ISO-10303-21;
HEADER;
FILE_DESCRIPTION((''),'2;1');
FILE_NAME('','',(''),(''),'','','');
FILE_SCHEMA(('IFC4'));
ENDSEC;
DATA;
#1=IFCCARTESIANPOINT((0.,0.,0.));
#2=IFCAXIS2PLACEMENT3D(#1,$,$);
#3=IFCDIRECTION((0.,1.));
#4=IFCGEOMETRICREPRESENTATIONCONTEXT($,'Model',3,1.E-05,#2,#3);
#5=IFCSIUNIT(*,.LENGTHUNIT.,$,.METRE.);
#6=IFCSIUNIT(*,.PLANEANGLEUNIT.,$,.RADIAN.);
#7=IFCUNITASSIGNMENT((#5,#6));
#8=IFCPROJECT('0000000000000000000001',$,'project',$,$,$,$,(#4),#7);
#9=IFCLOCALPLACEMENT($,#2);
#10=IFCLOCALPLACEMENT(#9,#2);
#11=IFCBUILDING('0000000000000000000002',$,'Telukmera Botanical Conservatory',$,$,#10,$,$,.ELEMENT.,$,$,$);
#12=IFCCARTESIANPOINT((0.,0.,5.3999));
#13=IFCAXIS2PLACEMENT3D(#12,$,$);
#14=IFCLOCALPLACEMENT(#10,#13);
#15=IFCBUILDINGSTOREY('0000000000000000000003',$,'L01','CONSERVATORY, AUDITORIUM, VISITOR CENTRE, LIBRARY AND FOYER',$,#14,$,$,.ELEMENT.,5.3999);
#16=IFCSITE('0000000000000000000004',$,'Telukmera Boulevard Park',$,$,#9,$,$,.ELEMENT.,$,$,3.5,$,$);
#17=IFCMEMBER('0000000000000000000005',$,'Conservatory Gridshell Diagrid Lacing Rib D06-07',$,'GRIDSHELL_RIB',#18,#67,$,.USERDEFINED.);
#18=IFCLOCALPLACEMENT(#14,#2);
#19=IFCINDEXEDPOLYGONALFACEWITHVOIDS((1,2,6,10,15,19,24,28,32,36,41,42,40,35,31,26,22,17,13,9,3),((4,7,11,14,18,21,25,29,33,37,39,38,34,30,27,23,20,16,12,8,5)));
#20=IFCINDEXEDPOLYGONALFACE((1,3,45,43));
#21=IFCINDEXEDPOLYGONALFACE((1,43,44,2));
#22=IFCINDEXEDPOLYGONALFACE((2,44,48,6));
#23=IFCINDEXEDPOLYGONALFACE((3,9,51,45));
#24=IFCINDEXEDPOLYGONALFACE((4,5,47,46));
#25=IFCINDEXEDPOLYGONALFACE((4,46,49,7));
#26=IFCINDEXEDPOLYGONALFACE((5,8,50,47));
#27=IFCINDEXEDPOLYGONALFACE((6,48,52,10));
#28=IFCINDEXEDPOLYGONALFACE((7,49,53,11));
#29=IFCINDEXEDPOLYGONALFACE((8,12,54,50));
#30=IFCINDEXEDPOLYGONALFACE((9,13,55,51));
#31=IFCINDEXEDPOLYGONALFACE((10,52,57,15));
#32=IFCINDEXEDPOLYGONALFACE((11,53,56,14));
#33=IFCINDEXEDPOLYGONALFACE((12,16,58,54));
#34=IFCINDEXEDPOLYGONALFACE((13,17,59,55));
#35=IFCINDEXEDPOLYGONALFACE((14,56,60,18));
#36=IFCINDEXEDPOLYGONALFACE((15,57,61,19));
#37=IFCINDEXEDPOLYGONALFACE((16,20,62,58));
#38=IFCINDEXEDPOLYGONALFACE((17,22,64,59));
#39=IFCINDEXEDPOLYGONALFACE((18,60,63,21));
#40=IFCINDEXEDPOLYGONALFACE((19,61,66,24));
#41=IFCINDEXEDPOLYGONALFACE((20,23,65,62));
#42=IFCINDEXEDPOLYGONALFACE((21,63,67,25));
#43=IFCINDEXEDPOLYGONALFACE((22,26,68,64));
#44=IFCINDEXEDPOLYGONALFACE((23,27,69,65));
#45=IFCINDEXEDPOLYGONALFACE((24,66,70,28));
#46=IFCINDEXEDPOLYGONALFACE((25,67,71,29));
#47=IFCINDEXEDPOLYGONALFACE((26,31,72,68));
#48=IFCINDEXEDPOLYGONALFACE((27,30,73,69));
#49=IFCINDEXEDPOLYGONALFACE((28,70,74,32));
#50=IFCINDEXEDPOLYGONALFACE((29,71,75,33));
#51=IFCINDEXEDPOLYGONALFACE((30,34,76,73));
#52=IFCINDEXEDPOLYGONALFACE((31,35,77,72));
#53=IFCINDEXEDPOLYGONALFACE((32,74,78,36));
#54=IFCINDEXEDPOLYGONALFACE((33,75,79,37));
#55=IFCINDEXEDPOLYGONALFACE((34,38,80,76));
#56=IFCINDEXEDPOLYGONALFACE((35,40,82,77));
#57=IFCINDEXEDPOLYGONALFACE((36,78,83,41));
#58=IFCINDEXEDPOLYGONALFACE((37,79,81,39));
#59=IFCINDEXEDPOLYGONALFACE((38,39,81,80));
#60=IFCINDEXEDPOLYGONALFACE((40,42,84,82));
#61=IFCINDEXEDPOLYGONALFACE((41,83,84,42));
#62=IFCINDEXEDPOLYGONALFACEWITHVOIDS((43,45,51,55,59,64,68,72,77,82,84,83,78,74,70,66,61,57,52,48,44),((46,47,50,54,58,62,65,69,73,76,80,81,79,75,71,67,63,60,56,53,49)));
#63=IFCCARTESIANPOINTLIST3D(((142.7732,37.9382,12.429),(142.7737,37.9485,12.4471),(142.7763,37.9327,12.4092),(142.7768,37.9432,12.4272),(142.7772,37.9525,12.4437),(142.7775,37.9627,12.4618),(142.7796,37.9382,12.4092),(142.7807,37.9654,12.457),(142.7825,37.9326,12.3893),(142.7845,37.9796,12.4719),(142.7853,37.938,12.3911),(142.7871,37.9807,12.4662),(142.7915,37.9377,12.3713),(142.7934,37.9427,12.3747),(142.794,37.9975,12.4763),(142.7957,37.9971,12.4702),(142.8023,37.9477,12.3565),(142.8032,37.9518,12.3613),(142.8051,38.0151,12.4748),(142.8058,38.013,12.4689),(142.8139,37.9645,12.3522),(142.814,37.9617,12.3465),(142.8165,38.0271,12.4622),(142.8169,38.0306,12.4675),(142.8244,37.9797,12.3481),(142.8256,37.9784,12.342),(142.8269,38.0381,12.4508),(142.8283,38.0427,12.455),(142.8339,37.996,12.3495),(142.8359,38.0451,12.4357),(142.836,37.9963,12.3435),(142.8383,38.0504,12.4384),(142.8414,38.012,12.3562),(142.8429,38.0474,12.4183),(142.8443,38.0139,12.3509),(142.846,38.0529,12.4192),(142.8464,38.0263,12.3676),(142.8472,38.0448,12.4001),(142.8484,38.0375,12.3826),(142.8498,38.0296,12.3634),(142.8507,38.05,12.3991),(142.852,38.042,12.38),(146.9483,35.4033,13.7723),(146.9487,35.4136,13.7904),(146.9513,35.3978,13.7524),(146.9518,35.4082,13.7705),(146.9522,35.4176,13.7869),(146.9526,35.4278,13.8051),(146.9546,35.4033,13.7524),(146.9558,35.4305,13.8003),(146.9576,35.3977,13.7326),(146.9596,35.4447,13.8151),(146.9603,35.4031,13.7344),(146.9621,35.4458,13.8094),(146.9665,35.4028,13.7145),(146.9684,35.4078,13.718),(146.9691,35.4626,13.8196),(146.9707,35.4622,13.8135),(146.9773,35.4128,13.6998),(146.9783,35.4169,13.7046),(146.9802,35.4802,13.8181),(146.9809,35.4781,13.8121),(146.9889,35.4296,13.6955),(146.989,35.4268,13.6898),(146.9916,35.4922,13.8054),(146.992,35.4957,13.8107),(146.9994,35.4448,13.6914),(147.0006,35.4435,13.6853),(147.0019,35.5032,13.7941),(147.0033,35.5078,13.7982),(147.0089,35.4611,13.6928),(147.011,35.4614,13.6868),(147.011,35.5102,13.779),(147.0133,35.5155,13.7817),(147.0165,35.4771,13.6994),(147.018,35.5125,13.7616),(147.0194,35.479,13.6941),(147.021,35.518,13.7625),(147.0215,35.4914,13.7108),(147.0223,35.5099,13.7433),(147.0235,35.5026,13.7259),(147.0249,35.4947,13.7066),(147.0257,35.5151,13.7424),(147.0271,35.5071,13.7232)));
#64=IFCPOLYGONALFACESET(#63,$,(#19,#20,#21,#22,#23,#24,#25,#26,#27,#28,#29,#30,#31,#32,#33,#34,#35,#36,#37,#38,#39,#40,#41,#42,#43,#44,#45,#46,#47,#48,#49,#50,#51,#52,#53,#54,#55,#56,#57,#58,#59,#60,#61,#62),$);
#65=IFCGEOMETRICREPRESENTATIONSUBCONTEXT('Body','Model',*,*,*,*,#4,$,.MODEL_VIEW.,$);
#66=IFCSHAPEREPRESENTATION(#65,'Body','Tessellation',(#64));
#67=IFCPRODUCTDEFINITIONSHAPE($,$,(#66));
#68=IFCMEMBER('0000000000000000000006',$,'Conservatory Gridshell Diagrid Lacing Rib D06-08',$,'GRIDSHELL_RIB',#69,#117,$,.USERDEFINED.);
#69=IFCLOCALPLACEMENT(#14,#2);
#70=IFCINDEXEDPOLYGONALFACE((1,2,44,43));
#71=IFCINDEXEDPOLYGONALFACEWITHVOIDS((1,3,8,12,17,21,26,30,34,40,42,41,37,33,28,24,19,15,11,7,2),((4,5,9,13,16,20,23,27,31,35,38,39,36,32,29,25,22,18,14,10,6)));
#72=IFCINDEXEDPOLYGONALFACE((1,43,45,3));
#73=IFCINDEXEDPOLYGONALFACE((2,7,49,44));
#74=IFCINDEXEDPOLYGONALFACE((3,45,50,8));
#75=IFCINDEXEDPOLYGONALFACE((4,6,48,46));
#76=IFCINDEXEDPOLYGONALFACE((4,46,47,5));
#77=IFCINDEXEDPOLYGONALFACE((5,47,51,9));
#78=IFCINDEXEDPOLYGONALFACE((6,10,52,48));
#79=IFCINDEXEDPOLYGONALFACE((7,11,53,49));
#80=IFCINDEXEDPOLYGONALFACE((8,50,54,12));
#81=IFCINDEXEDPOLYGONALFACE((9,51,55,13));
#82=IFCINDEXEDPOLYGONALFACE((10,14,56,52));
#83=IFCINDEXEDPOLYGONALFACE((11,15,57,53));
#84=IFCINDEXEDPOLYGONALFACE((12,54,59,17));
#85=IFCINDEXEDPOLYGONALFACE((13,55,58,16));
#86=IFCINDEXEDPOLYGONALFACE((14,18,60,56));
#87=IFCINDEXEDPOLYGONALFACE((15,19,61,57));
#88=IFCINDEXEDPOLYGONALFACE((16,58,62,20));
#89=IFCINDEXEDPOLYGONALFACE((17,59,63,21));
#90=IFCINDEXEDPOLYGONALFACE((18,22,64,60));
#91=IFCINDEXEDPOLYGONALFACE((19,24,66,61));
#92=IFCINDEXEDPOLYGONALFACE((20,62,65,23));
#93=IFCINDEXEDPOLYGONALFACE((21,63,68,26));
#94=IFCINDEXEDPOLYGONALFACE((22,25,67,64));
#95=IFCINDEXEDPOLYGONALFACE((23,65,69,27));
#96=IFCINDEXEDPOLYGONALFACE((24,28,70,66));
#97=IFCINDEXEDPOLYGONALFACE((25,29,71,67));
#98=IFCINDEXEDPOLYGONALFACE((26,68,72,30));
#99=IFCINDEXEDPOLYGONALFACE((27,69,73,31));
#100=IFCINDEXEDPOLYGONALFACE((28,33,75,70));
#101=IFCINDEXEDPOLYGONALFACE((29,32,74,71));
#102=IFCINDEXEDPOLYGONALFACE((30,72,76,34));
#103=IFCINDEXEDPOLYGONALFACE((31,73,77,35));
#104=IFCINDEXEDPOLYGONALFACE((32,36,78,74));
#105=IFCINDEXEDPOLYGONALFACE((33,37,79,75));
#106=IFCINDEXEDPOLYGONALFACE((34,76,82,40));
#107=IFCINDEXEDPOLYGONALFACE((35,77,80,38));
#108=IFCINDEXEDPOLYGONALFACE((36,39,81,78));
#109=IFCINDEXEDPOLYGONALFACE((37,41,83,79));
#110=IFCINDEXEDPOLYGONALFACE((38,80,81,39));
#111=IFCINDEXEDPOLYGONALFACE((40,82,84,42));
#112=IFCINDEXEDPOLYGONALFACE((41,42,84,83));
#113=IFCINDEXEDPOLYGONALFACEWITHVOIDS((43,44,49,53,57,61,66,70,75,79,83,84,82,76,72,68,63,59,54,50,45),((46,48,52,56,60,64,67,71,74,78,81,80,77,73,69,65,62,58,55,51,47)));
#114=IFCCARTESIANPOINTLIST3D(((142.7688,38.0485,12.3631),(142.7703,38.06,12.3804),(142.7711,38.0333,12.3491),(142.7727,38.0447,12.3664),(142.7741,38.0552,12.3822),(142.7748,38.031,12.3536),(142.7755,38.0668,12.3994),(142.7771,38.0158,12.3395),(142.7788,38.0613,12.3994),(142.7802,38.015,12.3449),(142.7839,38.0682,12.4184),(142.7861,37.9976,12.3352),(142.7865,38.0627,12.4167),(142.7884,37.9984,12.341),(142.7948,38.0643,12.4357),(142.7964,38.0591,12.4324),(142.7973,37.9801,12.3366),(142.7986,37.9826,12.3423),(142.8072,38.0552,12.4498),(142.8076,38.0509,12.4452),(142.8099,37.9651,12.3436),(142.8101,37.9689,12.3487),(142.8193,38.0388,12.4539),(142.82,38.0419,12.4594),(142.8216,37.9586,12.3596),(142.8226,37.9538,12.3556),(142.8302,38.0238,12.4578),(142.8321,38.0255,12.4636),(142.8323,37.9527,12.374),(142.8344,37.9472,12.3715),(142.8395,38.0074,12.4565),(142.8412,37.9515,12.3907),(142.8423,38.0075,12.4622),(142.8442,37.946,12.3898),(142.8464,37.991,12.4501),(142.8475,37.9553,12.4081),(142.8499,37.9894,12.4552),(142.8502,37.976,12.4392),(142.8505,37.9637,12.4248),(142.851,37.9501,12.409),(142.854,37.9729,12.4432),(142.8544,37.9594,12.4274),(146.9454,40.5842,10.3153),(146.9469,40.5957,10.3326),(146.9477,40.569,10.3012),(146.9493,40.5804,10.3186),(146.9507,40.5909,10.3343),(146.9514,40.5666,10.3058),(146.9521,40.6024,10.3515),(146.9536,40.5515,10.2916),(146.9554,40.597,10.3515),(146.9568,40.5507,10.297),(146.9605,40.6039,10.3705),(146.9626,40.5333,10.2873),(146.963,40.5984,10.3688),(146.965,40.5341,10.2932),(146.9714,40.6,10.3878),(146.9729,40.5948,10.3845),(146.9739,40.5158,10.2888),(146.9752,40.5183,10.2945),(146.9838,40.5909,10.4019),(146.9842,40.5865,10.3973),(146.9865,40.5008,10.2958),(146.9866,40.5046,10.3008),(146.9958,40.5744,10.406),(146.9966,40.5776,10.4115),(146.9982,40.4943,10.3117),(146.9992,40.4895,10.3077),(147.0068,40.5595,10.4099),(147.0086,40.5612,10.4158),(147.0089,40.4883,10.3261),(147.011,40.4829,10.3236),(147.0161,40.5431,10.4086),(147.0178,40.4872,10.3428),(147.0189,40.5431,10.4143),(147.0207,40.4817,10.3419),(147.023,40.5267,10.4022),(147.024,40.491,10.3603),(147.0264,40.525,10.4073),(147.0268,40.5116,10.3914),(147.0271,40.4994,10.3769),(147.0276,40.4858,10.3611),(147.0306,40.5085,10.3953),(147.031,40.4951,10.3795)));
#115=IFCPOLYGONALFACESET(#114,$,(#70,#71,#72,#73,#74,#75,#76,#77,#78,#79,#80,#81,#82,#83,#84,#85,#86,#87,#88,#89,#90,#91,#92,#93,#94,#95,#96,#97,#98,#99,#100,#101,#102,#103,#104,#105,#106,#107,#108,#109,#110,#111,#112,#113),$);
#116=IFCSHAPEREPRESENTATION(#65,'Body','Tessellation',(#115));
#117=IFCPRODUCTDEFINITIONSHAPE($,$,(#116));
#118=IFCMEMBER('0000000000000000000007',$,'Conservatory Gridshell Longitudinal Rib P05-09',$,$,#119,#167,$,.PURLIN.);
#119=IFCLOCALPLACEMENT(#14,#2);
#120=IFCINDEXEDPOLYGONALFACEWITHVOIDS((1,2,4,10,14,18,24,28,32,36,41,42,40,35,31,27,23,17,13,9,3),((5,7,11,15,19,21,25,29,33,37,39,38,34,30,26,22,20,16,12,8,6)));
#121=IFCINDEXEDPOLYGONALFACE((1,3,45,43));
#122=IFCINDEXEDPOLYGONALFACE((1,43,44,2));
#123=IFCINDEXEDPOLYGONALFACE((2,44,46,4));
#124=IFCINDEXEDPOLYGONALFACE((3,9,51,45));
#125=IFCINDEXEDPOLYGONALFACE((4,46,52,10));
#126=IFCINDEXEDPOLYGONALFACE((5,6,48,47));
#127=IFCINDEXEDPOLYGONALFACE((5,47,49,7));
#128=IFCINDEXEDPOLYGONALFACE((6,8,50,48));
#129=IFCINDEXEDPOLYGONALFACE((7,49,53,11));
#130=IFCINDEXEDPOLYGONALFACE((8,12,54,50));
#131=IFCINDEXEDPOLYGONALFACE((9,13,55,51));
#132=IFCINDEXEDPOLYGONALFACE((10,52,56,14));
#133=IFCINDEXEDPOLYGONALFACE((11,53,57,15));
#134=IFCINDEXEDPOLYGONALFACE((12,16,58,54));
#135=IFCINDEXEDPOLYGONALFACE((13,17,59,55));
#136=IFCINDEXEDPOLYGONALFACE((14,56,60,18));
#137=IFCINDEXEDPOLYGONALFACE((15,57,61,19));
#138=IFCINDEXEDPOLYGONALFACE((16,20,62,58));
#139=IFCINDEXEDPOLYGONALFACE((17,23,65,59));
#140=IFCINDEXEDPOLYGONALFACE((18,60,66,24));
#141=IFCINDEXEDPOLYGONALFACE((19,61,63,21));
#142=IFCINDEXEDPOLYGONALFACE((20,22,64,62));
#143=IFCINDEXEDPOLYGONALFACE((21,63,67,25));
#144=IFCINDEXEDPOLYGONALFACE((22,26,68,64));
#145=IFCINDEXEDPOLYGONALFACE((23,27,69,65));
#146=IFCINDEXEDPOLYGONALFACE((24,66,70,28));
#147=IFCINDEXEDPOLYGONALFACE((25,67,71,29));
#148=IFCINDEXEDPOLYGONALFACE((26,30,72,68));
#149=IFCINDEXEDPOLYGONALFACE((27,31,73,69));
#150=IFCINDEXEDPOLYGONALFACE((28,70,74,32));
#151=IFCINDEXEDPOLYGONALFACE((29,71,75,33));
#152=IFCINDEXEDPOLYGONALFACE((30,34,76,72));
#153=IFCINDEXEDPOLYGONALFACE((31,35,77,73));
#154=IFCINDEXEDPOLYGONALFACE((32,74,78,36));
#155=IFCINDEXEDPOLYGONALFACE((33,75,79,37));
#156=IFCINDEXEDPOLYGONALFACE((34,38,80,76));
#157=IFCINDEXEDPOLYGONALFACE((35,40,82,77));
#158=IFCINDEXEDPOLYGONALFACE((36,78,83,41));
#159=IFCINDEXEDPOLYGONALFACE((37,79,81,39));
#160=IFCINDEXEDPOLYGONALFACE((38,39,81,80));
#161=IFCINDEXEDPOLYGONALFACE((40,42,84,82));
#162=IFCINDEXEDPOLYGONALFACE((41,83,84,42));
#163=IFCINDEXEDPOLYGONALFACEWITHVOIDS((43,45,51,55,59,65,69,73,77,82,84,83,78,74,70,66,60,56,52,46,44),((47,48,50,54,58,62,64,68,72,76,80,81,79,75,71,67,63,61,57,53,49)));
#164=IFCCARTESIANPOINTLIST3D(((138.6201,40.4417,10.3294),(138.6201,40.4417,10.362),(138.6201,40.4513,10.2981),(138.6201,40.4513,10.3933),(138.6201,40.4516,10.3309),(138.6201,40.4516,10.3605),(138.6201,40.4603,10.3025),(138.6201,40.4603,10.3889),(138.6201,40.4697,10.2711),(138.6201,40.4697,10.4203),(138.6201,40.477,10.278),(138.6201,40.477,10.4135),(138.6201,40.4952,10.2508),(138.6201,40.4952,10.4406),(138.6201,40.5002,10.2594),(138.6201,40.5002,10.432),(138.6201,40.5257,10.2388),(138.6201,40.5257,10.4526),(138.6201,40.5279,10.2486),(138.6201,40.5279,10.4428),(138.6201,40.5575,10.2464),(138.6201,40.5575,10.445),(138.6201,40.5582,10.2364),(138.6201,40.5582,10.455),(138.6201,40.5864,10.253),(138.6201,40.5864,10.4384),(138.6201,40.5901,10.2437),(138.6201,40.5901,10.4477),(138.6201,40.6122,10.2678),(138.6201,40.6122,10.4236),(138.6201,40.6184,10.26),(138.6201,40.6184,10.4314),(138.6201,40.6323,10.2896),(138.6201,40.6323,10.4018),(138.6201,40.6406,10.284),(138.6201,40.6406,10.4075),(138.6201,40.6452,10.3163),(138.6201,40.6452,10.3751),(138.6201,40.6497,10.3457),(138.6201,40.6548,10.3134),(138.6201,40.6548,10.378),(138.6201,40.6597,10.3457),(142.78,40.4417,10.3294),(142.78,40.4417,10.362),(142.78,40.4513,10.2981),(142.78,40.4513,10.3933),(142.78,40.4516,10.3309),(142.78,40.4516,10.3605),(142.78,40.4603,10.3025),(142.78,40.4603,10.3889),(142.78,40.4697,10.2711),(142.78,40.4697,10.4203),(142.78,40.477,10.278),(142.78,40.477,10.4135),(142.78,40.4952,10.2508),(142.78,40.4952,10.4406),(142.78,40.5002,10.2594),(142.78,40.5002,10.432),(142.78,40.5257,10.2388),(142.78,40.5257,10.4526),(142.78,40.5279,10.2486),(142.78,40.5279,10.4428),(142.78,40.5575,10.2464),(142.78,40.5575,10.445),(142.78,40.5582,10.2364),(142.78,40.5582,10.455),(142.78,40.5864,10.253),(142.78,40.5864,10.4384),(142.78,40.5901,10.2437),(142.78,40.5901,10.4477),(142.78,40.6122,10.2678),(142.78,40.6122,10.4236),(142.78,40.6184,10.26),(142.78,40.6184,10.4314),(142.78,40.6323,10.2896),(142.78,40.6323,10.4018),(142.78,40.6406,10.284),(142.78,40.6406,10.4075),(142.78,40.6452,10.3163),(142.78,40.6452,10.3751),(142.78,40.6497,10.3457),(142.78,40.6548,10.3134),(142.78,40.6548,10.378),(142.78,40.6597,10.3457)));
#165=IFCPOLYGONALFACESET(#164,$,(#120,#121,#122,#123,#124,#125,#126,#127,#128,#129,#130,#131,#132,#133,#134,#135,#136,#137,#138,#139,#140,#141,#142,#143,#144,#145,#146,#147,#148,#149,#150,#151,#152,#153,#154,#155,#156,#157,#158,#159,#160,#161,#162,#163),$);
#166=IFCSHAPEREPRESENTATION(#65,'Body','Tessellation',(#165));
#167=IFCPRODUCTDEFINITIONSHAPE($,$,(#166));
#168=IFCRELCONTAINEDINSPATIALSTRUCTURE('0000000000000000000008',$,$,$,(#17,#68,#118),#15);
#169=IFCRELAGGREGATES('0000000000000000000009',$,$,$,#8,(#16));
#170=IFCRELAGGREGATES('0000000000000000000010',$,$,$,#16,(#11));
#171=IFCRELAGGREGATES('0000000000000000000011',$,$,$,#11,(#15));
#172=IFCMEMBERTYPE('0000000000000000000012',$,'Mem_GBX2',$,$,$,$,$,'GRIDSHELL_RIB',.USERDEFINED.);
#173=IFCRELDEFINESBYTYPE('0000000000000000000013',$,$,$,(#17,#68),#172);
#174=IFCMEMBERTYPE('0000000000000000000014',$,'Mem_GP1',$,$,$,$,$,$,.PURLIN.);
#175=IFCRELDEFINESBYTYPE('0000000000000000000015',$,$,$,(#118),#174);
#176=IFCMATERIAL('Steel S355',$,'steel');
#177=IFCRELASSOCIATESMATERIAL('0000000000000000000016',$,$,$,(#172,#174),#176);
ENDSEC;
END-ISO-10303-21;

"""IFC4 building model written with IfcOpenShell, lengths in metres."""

from ifc_helpers import new_model, si_unit, direction, frame, origin, origin_2d, place, context, subcontext, project, spatial, hollow_circle, extrude, material, material_profile, profile_set, type_object, element, save


model = new_model("IFC4")

# Units and contexts
model_context = context("Model", 3, precision=1e-05, world=origin(), true_north=direction((0.0, 1.0)))
body_context = subcontext(model_context, "Body", "Model", "MODEL_VIEW")
ifc_project = project(units=[si_unit("LENGTHUNIT", "METRE"), si_unit("PLANEANGLEUNIT", "RADIAN")], contexts=[model_context])

# Site, building, storey
site_placement = place(None, origin())
site = spatial("IfcSite", under=ifc_project, at=site_placement, Name="Telukmera Boulevard Park", CompositionType="ELEMENT", RefElevation=3.5)
building_placement = place(site_placement, origin())
building = spatial("IfcBuilding", under=site, at=building_placement, Name="Telukmera Botanical Conservatory", CompositionType="ELEMENT")
storey_placement = place(building_placement, frame((0.0, 0.0, 5.3999)))
storey = spatial("IfcBuildingStorey", under=building, at=storey_placement, Name="L01", Description="CONSERVATORY, AUDITORIUM, VISITOR CENTRE, LIBRARY AND FOYER", CompositionType="ELEMENT", Elevation=5.3999)

# Shared definitions
ifc_material = material(Name="Steel S355", Category="steel")

# Members
ifc_material_profile_1 = material_profile(ifc_material, hollow_circle(Radius=0.0698, WallThickness=0.0063, at=origin_2d()), Name="CHS 139.7x6.3")
ifc_profile_set_1 = profile_set([ifc_material_profile_1], Name="Steel S355")
member_type_1 = type_object("IfcMemberType", Name="Mem_GBX2", ElementType="GRIDSHELL_RIB", PredefinedType="USERDEFINED", material=ifc_profile_set_1)
member_1_placement = place(storey_placement, frame((146.9875, 35.4575, 13.7524), z_axis=(-0.824182, 0.500409, -0.265169), x_axis=(-0.518987, -0.854782, 0.0)))
element("IfcMember", 1, at=member_1_placement, inside=storey, type_object=member_type_1, Name="Conservatory Gridshell Diagrid Lacing Rib D06-07", ObjectType="GRIDSHELL_RIB", PredefinedType="USERDEFINED", context=body_context, shape_type="SweptSolid", body=[
    extrude(hollow_circle(Radius=0.0698, WallThickness=0.0063, at=origin_2d()), origin(), (0.0, 0.0, 1.0), 5.0657),
])
member_2_placement = place(storey_placement, frame((142.8118, 38.0071, 12.3994), z_axis=(0.788352, 0.478624, -0.386549), x_axis=(-0.518964, 0.854796, 0.0)))
element("IfcMember", 2, at=member_2_placement, inside=storey, type_object=member_type_1, Name="Conservatory Gridshell Diagrid Lacing Rib D06-08", ObjectType="GRIDSHELL_RIB", PredefinedType="USERDEFINED", context=body_context, shape_type="SweptSolid", body=[
    extrude(hollow_circle(Radius=0.0698, WallThickness=0.0063, at=origin_2d()), origin(), (0.0, 0.0, 1.0), 5.2979),
])
ifc_material_profile_2 = material_profile(ifc_material, hollow_circle(Radius=0.1096, WallThickness=0.01, at=origin_2d()), Name="CHS 219.1x10.0")
ifc_profile_set_2 = profile_set([ifc_material_profile_2], Name="Steel S355")
member_type_2 = type_object("IfcMemberType", Name="Mem_GP1", PredefinedType="PURLIN", material=ifc_profile_set_2)
for number, where, z_axis, x_axis, name in (
    (3, (138.6201, 40.55, 10.3457), (1.0, 0.0, 0.0), (0.0, 1.0, 0.0), "Conservatory Gridshell Longitudinal Rib P05-09"),
):
    element("IfcMember", number, at=place(storey_placement, frame(where, z_axis=z_axis, x_axis=x_axis)), inside=storey, type_object=member_type_2, Name=name, PredefinedType="PURLIN", context=body_context, shape_type="SweptSolid", body=[
        extrude(hollow_circle(Radius=0.1096, WallThickness=0.01, at=origin_2d()), origin(), (0.0, 0.0, 1.0), 4.1599),
    ])

save(model, "model.ifc")
